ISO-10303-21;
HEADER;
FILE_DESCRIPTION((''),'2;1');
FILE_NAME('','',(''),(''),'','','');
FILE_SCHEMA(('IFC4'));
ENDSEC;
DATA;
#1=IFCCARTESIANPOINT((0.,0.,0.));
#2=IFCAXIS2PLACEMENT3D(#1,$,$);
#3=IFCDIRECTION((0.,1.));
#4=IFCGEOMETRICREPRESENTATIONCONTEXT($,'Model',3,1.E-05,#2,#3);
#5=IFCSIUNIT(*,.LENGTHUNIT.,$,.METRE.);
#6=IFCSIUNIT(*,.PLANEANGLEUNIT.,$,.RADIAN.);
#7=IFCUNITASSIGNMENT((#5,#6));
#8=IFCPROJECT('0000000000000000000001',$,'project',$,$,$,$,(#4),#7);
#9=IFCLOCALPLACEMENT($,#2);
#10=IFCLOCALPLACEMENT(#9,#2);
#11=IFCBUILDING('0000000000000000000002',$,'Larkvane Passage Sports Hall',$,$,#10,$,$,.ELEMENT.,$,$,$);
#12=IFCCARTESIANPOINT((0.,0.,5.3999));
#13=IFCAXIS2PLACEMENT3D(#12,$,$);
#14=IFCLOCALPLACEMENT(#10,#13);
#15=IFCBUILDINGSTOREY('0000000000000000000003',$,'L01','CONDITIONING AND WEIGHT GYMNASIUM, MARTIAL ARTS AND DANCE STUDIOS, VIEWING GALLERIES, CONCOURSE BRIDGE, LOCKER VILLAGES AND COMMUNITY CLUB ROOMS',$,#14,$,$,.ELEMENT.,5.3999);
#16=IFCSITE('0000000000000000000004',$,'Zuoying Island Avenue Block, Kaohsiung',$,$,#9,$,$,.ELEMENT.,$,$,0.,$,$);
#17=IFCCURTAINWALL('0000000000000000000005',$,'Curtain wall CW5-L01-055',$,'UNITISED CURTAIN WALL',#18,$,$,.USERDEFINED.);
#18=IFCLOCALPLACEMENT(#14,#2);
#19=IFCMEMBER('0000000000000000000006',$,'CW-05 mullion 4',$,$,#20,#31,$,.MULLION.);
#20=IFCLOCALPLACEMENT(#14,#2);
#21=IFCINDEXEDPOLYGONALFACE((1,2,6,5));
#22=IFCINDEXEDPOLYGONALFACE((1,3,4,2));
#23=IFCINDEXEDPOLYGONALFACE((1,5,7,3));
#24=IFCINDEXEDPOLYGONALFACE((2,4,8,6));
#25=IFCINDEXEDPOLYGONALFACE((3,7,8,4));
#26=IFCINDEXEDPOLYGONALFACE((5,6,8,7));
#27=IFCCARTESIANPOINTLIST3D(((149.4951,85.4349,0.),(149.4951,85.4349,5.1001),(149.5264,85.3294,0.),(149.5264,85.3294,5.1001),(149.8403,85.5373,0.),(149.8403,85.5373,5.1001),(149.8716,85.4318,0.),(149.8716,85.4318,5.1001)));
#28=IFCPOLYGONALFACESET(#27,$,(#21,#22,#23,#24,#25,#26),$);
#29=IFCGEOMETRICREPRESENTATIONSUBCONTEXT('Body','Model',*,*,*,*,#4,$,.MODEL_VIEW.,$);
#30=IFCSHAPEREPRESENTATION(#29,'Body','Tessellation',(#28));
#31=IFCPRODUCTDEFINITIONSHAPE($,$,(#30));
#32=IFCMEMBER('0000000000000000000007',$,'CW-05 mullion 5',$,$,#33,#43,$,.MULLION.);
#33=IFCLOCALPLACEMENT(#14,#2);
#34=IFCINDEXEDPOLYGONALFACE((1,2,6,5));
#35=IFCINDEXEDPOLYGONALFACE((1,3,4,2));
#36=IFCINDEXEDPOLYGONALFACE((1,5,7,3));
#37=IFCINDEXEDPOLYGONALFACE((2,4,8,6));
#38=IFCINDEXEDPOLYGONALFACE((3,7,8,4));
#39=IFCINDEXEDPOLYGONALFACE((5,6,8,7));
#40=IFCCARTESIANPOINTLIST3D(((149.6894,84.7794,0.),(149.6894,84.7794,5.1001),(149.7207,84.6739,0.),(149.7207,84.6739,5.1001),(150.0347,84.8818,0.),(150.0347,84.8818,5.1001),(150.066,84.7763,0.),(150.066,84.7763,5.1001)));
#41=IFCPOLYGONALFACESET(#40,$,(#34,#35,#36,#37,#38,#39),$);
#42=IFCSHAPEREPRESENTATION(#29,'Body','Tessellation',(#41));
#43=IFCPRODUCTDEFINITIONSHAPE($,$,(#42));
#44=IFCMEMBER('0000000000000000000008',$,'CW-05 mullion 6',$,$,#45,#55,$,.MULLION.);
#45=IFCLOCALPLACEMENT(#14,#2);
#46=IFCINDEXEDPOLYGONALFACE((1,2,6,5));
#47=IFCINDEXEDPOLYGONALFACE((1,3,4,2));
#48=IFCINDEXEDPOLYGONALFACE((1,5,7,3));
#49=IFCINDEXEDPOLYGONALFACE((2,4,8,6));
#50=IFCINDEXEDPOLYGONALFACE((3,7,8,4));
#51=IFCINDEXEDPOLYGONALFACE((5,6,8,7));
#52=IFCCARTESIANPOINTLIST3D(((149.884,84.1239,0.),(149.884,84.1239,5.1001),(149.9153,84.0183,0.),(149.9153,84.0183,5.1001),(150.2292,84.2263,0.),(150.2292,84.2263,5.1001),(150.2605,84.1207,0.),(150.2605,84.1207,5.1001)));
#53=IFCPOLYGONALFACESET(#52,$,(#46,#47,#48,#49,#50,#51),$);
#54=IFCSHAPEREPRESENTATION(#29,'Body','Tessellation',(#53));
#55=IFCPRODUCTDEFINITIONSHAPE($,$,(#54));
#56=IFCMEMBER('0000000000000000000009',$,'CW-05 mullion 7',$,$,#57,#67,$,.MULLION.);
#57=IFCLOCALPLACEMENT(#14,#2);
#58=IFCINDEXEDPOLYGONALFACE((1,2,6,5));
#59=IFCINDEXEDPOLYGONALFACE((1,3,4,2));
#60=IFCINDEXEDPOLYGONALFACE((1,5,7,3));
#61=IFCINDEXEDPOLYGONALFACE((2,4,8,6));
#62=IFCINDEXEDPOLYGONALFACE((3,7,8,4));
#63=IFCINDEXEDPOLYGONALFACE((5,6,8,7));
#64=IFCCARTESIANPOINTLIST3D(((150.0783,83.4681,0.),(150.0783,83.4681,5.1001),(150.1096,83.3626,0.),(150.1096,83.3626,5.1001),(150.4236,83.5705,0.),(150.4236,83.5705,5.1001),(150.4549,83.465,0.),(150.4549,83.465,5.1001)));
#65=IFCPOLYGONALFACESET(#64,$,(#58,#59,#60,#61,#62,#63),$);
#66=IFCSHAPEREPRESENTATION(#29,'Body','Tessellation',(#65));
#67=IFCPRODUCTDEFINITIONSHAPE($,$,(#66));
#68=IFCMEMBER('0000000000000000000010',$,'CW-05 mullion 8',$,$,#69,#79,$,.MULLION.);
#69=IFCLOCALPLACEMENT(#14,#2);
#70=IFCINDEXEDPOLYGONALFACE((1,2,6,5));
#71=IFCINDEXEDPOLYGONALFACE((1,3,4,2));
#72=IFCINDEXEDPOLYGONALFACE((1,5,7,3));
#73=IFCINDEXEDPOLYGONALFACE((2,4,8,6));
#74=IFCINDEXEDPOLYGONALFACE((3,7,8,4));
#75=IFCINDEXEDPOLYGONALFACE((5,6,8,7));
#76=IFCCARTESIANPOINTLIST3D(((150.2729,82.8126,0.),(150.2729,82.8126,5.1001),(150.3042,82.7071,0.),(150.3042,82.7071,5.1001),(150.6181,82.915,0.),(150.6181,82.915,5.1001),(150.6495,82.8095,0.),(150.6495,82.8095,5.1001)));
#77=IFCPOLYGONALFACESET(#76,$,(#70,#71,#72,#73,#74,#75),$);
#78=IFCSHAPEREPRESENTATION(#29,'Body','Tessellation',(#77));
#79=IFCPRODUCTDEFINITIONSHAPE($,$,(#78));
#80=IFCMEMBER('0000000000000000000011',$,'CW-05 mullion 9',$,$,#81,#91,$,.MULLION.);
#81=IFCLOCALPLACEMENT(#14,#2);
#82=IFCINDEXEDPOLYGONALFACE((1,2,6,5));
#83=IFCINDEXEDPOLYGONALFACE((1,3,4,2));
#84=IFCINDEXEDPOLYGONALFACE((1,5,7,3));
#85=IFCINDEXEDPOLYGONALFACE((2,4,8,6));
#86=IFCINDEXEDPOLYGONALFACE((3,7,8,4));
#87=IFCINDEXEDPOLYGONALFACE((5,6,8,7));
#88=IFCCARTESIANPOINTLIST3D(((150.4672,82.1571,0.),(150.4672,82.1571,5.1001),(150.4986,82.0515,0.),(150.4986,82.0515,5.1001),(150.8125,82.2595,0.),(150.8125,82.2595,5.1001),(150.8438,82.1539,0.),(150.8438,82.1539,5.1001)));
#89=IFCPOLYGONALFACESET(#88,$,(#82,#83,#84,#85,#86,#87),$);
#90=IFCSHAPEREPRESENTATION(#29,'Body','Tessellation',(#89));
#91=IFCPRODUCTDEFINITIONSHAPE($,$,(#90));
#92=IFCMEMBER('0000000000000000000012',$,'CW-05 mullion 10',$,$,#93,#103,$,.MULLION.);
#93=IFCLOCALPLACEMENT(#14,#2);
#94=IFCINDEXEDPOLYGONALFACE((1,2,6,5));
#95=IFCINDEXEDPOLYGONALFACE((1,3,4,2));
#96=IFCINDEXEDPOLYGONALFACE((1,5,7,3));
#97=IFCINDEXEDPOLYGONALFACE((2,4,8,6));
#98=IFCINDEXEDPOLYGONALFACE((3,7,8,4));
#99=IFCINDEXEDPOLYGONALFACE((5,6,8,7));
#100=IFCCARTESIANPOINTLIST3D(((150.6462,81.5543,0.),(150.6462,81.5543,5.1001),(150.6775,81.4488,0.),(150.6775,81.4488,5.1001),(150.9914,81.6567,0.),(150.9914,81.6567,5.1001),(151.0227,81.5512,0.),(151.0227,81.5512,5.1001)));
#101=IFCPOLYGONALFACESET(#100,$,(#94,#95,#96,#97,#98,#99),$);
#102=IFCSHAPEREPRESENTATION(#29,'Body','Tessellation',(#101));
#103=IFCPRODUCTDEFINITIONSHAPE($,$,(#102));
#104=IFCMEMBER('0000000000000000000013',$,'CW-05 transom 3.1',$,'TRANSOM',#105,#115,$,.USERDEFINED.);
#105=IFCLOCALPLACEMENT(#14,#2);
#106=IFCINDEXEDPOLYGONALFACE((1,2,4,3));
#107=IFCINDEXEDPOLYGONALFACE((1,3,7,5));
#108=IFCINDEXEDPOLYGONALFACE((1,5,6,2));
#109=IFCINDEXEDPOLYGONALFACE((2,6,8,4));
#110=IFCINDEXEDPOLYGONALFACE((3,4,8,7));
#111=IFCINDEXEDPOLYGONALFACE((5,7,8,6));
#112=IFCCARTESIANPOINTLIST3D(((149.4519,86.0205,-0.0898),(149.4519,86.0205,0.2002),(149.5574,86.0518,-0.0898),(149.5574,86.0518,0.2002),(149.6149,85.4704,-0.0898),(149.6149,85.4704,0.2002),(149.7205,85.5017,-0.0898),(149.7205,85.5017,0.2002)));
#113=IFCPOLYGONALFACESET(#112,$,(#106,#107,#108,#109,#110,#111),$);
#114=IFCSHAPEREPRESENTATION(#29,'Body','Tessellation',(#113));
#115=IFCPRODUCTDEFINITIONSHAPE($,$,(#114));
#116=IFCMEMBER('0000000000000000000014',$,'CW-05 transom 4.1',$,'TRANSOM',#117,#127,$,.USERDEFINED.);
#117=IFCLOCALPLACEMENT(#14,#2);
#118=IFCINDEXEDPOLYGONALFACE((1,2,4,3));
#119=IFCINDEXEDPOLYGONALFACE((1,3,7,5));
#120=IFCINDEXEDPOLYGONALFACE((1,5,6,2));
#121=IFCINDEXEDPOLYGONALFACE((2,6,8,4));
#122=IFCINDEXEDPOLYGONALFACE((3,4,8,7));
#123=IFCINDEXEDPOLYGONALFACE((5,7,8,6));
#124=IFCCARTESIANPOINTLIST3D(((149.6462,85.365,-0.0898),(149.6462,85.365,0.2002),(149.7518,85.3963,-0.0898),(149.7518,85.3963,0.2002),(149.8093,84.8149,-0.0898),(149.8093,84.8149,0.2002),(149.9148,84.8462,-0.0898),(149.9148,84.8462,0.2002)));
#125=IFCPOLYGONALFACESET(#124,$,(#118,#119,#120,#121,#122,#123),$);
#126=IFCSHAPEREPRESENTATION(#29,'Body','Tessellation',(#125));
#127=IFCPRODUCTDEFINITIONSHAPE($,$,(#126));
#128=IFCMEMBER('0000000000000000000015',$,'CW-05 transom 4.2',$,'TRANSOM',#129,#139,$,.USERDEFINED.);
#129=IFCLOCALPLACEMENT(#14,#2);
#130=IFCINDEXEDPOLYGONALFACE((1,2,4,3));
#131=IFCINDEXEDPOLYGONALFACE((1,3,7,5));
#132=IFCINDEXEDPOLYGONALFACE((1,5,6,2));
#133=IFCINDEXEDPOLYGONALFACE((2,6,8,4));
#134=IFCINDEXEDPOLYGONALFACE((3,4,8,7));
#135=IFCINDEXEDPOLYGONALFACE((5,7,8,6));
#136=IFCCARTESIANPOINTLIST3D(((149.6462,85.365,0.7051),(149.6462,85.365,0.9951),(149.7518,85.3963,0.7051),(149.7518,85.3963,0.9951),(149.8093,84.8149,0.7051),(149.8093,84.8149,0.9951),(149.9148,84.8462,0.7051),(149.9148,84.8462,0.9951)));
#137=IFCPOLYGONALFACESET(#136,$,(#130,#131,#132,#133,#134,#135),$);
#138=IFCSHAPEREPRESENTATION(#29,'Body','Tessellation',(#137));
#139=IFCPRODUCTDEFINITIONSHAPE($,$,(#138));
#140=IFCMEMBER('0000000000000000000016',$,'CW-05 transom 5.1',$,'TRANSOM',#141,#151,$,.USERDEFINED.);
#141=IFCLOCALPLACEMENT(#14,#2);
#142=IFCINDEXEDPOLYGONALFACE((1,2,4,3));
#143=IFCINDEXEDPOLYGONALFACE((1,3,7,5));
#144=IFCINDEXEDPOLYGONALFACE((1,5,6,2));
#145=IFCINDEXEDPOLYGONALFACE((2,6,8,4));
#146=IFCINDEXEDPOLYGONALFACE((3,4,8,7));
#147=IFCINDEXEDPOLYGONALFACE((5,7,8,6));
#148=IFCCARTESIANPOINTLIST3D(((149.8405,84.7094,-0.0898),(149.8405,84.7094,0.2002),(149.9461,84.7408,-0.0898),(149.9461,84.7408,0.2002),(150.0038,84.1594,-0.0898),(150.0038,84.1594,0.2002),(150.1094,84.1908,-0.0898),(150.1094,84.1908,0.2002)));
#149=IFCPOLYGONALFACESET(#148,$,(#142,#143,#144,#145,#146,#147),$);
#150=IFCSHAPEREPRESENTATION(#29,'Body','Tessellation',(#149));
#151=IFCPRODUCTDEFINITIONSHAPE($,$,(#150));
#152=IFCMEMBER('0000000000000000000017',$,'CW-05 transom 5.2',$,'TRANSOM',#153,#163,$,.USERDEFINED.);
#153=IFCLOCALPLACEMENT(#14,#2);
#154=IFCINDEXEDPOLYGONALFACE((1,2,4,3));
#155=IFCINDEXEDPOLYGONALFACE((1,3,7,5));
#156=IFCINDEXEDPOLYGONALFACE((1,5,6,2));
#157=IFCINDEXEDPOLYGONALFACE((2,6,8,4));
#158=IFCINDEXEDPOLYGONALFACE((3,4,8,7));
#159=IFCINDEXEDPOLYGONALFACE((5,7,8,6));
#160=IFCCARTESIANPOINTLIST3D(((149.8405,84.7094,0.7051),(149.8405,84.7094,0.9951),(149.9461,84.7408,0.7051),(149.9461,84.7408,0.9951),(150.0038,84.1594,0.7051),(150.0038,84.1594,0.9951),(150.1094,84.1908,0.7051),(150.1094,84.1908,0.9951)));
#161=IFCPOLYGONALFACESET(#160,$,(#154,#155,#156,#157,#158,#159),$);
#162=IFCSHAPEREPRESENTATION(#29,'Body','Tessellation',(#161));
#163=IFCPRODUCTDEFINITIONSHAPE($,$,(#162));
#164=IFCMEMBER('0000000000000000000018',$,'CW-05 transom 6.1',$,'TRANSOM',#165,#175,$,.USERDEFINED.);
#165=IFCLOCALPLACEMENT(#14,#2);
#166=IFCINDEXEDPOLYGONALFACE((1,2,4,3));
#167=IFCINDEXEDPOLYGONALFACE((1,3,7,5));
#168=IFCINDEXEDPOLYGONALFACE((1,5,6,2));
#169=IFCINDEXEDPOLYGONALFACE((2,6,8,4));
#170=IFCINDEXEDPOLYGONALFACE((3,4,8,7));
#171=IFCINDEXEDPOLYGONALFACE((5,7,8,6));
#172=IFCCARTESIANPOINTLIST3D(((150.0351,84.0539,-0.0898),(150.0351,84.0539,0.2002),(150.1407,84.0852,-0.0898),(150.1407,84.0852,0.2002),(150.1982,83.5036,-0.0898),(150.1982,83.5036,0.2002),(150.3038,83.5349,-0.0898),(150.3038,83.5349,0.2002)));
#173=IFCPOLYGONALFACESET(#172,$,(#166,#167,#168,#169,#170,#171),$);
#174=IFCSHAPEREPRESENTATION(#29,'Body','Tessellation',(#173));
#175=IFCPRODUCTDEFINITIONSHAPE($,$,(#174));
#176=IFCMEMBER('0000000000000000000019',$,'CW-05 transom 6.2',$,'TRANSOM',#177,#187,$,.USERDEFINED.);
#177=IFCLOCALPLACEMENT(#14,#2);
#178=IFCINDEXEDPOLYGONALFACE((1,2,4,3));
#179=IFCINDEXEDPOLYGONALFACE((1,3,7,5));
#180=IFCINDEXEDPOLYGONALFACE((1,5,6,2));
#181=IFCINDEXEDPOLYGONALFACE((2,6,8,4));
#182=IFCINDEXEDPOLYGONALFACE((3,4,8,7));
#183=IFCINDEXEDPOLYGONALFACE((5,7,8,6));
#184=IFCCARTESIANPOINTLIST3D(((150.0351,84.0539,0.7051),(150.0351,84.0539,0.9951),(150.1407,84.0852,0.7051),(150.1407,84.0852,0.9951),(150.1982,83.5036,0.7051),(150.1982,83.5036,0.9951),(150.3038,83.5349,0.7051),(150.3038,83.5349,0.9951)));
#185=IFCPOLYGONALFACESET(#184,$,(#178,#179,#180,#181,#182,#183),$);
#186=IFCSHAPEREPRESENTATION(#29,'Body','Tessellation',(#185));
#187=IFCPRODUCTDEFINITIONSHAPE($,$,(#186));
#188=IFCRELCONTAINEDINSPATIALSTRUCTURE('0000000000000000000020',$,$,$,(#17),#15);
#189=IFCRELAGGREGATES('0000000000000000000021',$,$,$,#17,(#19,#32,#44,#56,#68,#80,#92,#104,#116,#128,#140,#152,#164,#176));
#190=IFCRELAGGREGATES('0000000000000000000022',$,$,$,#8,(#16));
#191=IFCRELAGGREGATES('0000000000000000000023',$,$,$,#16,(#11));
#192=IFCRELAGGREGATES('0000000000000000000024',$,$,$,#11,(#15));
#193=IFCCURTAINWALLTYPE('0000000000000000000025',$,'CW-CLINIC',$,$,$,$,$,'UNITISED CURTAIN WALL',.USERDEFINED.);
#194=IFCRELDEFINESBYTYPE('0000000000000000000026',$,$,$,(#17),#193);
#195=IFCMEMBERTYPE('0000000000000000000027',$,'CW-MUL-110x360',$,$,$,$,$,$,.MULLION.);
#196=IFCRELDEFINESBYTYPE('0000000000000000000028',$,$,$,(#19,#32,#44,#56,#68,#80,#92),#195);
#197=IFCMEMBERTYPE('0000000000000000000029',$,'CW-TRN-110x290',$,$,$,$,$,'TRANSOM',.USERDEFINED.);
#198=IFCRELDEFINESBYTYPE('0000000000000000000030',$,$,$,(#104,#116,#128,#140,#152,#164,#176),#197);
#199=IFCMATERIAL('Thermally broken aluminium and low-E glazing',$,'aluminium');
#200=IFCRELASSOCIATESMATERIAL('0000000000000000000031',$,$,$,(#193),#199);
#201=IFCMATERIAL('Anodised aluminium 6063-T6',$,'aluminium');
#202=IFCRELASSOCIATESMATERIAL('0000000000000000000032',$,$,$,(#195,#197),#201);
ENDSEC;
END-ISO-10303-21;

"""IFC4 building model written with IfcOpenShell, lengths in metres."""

from ifc_helpers import new_model, si_unit, direction, frame, origin, origin_2d, place, context, subcontext, project, spatial, rectangle, extrude, material, material_profile, profile_set, type_object, element, aggregate, save


model = new_model("IFC4")

# Units and contexts
model_context = context("Model", 3, precision=1e-05, world=origin(), true_north=direction((0.0, 1.0)))
body_context = subcontext(model_context, "Body", "Model", "MODEL_VIEW")
ifc_project = project(units=[si_unit("LENGTHUNIT", "METRE"), si_unit("PLANEANGLEUNIT", "RADIAN")], contexts=[model_context])

# Site, building, storey
site_placement = place(None, origin())
site = spatial("IfcSite", under=ifc_project, at=site_placement, Name="Zuoying Island Avenue Block, Kaohsiung", CompositionType="ELEMENT", RefElevation=0.0)
building_placement = place(site_placement, origin())
building = spatial("IfcBuilding", under=site, at=building_placement, Name="Larkvane Passage Sports Hall", CompositionType="ELEMENT")
storey_placement = place(building_placement, frame((0.0, 0.0, 5.3999)))
storey = spatial("IfcBuildingStorey", under=building, at=storey_placement, Name="L01", Description="CONDITIONING AND WEIGHT GYMNASIUM, MARTIAL ARTS AND DANCE STUDIOS, VIEWING GALLERIES, CONCOURSE BRIDGE, LOCKER VILLAGES AND COMMUNITY CLUB ROOMS", CompositionType="ELEMENT", Elevation=5.3999)

# Curtain wall, members
ifc_material_1 = material(Name="Thermally broken aluminium and low-E glazing", Category="aluminium")
curtain_wall_type = type_object("IfcCurtainWallType", Name="CW-CLINIC", ElementType="UNITISED CURTAIN WALL", PredefinedType="USERDEFINED", material=ifc_material_1)
curtain_wall_placement = place(storey_placement, origin())
curtain_wall = element("IfcCurtainWall", 1, at=curtain_wall_placement, inside=storey, type_object=curtain_wall_type, Name="Curtain wall CW5-L01-055", ObjectType="UNITISED CURTAIN WALL", PredefinedType="USERDEFINED")
ifc_material_2 = material(Name="Anodised aluminium 6063-T6", Category="aluminium")
ifc_material_profile_1 = material_profile(ifc_material_2, rectangle(XDim=0.1101, YDim=0.3601, at=origin_2d()), Name="ALU-MUL-110x360")
ifc_profile_set_1 = profile_set([ifc_material_profile_1], Name="Anodised aluminium 6063-T6")
member_type_1 = type_object("IfcMemberType", Name="CW-MUL-110x360", PredefinedType="MULLION", material=ifc_profile_set_1)
member_1_placement = place(storey_placement, frame((149.6833, 85.4333, 0.0), z_axis=(0.0, 0.0, 1.0), x_axis=(0.284365, -0.958716, 0.0)))
member_1 = element("IfcMember", 2, at=member_1_placement, type_object=member_type_1, Name="CW-05 mullion 4", PredefinedType="MULLION", context=body_context, shape_type="SweptSolid", body=[
    extrude(rectangle(XDim=0.1101, YDim=0.3601, at=origin_2d()), origin(), (0.0, 0.0, 1.0), 5.1001),
])
member_2_placement = place(storey_placement, frame((149.8777, 84.7778, 0.0), z_axis=(0.0, 0.0, 1.0), x_axis=(0.284365, -0.958716, 0.0)))
member_2 = element("IfcMember", 3, at=member_2_placement, type_object=member_type_1, Name="CW-05 mullion 5", PredefinedType="MULLION", context=body_context, shape_type="SweptSolid", body=[
    extrude(rectangle(XDim=0.1101, YDim=0.3601, at=origin_2d()), origin(), (0.0, 0.0, 1.0), 5.1001),
])
member_3_placement = place(storey_placement, frame((150.0723, 84.1223, 0.0), z_axis=(0.0, 0.0, 1.0), x_axis=(0.284365, -0.958716, 0.0)))
member_3 = element("IfcMember", 4, at=member_3_placement, type_object=member_type_1, Name="CW-05 mullion 6", PredefinedType="MULLION", context=body_context, shape_type="SweptSolid", body=[
    extrude(rectangle(XDim=0.1101, YDim=0.3601, at=origin_2d()), origin(), (0.0, 0.0, 1.0), 5.1001),
])
member_4_placement = place(storey_placement, frame((150.2666, 83.4666, 0.0), z_axis=(0.0, 0.0, 1.0), x_axis=(0.284365, -0.958716, 0.0)))
member_4 = element("IfcMember", 5, at=member_4_placement, type_object=member_type_1, Name="CW-05 mullion 7", PredefinedType="MULLION", context=body_context, shape_type="SweptSolid", body=[
    extrude(rectangle(XDim=0.1101, YDim=0.3601, at=origin_2d()), origin(), (0.0, 0.0, 1.0), 5.1001),
])
member_5_placement = place(storey_placement, frame((150.4612, 82.811, 0.0), z_axis=(0.0, 0.0, 1.0), x_axis=(0.284365, -0.958716, 0.0)))
member_5 = element("IfcMember", 6, at=member_5_placement, type_object=member_type_1, Name="CW-05 mullion 8", PredefinedType="MULLION", context=body_context, shape_type="SweptSolid", body=[
    extrude(rectangle(XDim=0.1101, YDim=0.3601, at=origin_2d()), origin(), (0.0, 0.0, 1.0), 5.1001),
])
member_6_placement = place(storey_placement, frame((150.6555, 82.1555, 0.0), z_axis=(0.0, 0.0, 1.0), x_axis=(0.284365, -0.958716, 0.0)))
member_6 = element("IfcMember", 7, at=member_6_placement, type_object=member_type_1, Name="CW-05 mullion 9", PredefinedType="MULLION", context=body_context, shape_type="SweptSolid", body=[
    extrude(rectangle(XDim=0.1101, YDim=0.3601, at=origin_2d()), origin(), (0.0, 0.0, 1.0), 5.1001),
])
member_7_placement = place(storey_placement, frame((150.8345, 81.5527, 0.0), z_axis=(0.0, 0.0, 1.0), x_axis=(0.284365, -0.958716, 0.0)))
member_7 = element("IfcMember", 8, at=member_7_placement, type_object=member_type_1, Name="CW-05 mullion 10", PredefinedType="MULLION", context=body_context, shape_type="SweptSolid", body=[
    extrude(rectangle(XDim=0.1101, YDim=0.3601, at=origin_2d()), origin(), (0.0, 0.0, 1.0), 5.1001),
])
ifc_material_profile_2 = material_profile(ifc_material_2, rectangle(XDim=0.1101, YDim=0.29, at=origin_2d()), Name="ALU-TRN-110x290")
ifc_profile_set_2 = profile_set([ifc_material_profile_2], Name="Anodised aluminium 6063-T6")
member_type_2 = type_object("IfcMemberType", Name="CW-TRN-110x290", ElementType="TRANSOM", PredefinedType="USERDEFINED", material=ifc_profile_set_2)
member_8_placement = place(storey_placement, frame((149.5046, 86.0361, 0.0552), z_axis=(0.284262, -0.958747, 0.0), x_axis=(0.958747, 0.284262, 0.0)))
member_8 = element("IfcMember", 9, at=member_8_placement, type_object=member_type_2, Name="CW-05 transom 3.1", ObjectType="TRANSOM", PredefinedType="USERDEFINED", context=body_context, shape_type="SweptSolid", body=[
    extrude(rectangle(XDim=0.1101, YDim=0.29, at=origin_2d()), origin(), (0.0, 0.0, 1.0), 0.5737),
])
member_9_placement = place(storey_placement, frame((149.699, 85.3806, 0.0552), z_axis=(0.284262, -0.958747, 0.0), x_axis=(0.958747, 0.284262, 0.0)))
member_9 = element("IfcMember", 10, at=member_9_placement, type_object=member_type_2, Name="CW-05 transom 4.1", ObjectType="TRANSOM", PredefinedType="USERDEFINED", context=body_context, shape_type="SweptSolid", body=[
    extrude(rectangle(XDim=0.1101, YDim=0.29, at=origin_2d()), origin(), (0.0, 0.0, 1.0), 0.5737),
])
member_10_placement = place(storey_placement, frame((149.699, 85.3806, 0.8501), z_axis=(0.284262, -0.958747, 0.0), x_axis=(0.958747, 0.284262, 0.0)))
member_10 = element("IfcMember", 11, at=member_10_placement, type_object=member_type_2, Name="CW-05 transom 4.2", ObjectType="TRANSOM", PredefinedType="USERDEFINED", context=body_context, shape_type="SweptSolid", body=[
    extrude(rectangle(XDim=0.1101, YDim=0.29, at=origin_2d()), origin(), (0.0, 0.0, 1.0), 0.5737),
])
member_11_placement = place(storey_placement, frame((149.8933, 84.7251, 0.0552), z_axis=(0.284653, -0.958631, 0.0), x_axis=(0.958631, 0.284653, 0.0)))
member_11 = element("IfcMember", 12, at=member_11_placement, type_object=member_type_2, Name="CW-05 transom 5.1", ObjectType="TRANSOM", PredefinedType="USERDEFINED", context=body_context, shape_type="SweptSolid", body=[
    extrude(rectangle(XDim=0.1101, YDim=0.29, at=origin_2d()), origin(), (0.0, 0.0, 1.0), 0.5737),
])
member_12_placement = place(storey_placement, frame((149.8933, 84.7251, 0.8501), z_axis=(0.284653, -0.958631, 0.0), x_axis=(0.958631, 0.284653, 0.0)))
member_12 = element("IfcMember", 13, at=member_12_placement, type_object=member_type_2, Name="CW-05 transom 5.2", ObjectType="TRANSOM", PredefinedType="USERDEFINED", context=body_context, shape_type="SweptSolid", body=[
    extrude(rectangle(XDim=0.1101, YDim=0.29, at=origin_2d()), origin(), (0.0, 0.0, 1.0), 0.5737),
])
member_13_placement = place(storey_placement, frame((150.0879, 84.0696, 0.0552), z_axis=(0.284146, -0.958781, 0.0), x_axis=(0.958781, 0.284146, 0.0)))
member_13 = element("IfcMember", 14, at=member_13_placement, type_object=member_type_2, Name="CW-05 transom 6.1", ObjectType="TRANSOM", PredefinedType="USERDEFINED", context=body_context, shape_type="SweptSolid", body=[
    extrude(rectangle(XDim=0.1101, YDim=0.29, at=origin_2d()), origin(), (0.0, 0.0, 1.0), 0.574),
])
member_14_placement = place(storey_placement, frame((150.0879, 84.0696, 0.8501), z_axis=(0.284146, -0.958781, 0.0), x_axis=(0.958781, 0.284146, 0.0)))
member_14 = element("IfcMember", 15, at=member_14_placement, type_object=member_type_2, Name="CW-05 transom 6.2", ObjectType="TRANSOM", PredefinedType="USERDEFINED", context=body_context, shape_type="SweptSolid", body=[
    extrude(rectangle(XDim=0.1101, YDim=0.29, at=origin_2d()), origin(), (0.0, 0.0, 1.0), 0.574),
])
aggregate(curtain_wall, [member_1, member_2, member_3, member_4, member_5, member_6, member_7, member_8, member_9, member_10, member_11, member_12, member_13, member_14])

save(model, "model.ifc")
